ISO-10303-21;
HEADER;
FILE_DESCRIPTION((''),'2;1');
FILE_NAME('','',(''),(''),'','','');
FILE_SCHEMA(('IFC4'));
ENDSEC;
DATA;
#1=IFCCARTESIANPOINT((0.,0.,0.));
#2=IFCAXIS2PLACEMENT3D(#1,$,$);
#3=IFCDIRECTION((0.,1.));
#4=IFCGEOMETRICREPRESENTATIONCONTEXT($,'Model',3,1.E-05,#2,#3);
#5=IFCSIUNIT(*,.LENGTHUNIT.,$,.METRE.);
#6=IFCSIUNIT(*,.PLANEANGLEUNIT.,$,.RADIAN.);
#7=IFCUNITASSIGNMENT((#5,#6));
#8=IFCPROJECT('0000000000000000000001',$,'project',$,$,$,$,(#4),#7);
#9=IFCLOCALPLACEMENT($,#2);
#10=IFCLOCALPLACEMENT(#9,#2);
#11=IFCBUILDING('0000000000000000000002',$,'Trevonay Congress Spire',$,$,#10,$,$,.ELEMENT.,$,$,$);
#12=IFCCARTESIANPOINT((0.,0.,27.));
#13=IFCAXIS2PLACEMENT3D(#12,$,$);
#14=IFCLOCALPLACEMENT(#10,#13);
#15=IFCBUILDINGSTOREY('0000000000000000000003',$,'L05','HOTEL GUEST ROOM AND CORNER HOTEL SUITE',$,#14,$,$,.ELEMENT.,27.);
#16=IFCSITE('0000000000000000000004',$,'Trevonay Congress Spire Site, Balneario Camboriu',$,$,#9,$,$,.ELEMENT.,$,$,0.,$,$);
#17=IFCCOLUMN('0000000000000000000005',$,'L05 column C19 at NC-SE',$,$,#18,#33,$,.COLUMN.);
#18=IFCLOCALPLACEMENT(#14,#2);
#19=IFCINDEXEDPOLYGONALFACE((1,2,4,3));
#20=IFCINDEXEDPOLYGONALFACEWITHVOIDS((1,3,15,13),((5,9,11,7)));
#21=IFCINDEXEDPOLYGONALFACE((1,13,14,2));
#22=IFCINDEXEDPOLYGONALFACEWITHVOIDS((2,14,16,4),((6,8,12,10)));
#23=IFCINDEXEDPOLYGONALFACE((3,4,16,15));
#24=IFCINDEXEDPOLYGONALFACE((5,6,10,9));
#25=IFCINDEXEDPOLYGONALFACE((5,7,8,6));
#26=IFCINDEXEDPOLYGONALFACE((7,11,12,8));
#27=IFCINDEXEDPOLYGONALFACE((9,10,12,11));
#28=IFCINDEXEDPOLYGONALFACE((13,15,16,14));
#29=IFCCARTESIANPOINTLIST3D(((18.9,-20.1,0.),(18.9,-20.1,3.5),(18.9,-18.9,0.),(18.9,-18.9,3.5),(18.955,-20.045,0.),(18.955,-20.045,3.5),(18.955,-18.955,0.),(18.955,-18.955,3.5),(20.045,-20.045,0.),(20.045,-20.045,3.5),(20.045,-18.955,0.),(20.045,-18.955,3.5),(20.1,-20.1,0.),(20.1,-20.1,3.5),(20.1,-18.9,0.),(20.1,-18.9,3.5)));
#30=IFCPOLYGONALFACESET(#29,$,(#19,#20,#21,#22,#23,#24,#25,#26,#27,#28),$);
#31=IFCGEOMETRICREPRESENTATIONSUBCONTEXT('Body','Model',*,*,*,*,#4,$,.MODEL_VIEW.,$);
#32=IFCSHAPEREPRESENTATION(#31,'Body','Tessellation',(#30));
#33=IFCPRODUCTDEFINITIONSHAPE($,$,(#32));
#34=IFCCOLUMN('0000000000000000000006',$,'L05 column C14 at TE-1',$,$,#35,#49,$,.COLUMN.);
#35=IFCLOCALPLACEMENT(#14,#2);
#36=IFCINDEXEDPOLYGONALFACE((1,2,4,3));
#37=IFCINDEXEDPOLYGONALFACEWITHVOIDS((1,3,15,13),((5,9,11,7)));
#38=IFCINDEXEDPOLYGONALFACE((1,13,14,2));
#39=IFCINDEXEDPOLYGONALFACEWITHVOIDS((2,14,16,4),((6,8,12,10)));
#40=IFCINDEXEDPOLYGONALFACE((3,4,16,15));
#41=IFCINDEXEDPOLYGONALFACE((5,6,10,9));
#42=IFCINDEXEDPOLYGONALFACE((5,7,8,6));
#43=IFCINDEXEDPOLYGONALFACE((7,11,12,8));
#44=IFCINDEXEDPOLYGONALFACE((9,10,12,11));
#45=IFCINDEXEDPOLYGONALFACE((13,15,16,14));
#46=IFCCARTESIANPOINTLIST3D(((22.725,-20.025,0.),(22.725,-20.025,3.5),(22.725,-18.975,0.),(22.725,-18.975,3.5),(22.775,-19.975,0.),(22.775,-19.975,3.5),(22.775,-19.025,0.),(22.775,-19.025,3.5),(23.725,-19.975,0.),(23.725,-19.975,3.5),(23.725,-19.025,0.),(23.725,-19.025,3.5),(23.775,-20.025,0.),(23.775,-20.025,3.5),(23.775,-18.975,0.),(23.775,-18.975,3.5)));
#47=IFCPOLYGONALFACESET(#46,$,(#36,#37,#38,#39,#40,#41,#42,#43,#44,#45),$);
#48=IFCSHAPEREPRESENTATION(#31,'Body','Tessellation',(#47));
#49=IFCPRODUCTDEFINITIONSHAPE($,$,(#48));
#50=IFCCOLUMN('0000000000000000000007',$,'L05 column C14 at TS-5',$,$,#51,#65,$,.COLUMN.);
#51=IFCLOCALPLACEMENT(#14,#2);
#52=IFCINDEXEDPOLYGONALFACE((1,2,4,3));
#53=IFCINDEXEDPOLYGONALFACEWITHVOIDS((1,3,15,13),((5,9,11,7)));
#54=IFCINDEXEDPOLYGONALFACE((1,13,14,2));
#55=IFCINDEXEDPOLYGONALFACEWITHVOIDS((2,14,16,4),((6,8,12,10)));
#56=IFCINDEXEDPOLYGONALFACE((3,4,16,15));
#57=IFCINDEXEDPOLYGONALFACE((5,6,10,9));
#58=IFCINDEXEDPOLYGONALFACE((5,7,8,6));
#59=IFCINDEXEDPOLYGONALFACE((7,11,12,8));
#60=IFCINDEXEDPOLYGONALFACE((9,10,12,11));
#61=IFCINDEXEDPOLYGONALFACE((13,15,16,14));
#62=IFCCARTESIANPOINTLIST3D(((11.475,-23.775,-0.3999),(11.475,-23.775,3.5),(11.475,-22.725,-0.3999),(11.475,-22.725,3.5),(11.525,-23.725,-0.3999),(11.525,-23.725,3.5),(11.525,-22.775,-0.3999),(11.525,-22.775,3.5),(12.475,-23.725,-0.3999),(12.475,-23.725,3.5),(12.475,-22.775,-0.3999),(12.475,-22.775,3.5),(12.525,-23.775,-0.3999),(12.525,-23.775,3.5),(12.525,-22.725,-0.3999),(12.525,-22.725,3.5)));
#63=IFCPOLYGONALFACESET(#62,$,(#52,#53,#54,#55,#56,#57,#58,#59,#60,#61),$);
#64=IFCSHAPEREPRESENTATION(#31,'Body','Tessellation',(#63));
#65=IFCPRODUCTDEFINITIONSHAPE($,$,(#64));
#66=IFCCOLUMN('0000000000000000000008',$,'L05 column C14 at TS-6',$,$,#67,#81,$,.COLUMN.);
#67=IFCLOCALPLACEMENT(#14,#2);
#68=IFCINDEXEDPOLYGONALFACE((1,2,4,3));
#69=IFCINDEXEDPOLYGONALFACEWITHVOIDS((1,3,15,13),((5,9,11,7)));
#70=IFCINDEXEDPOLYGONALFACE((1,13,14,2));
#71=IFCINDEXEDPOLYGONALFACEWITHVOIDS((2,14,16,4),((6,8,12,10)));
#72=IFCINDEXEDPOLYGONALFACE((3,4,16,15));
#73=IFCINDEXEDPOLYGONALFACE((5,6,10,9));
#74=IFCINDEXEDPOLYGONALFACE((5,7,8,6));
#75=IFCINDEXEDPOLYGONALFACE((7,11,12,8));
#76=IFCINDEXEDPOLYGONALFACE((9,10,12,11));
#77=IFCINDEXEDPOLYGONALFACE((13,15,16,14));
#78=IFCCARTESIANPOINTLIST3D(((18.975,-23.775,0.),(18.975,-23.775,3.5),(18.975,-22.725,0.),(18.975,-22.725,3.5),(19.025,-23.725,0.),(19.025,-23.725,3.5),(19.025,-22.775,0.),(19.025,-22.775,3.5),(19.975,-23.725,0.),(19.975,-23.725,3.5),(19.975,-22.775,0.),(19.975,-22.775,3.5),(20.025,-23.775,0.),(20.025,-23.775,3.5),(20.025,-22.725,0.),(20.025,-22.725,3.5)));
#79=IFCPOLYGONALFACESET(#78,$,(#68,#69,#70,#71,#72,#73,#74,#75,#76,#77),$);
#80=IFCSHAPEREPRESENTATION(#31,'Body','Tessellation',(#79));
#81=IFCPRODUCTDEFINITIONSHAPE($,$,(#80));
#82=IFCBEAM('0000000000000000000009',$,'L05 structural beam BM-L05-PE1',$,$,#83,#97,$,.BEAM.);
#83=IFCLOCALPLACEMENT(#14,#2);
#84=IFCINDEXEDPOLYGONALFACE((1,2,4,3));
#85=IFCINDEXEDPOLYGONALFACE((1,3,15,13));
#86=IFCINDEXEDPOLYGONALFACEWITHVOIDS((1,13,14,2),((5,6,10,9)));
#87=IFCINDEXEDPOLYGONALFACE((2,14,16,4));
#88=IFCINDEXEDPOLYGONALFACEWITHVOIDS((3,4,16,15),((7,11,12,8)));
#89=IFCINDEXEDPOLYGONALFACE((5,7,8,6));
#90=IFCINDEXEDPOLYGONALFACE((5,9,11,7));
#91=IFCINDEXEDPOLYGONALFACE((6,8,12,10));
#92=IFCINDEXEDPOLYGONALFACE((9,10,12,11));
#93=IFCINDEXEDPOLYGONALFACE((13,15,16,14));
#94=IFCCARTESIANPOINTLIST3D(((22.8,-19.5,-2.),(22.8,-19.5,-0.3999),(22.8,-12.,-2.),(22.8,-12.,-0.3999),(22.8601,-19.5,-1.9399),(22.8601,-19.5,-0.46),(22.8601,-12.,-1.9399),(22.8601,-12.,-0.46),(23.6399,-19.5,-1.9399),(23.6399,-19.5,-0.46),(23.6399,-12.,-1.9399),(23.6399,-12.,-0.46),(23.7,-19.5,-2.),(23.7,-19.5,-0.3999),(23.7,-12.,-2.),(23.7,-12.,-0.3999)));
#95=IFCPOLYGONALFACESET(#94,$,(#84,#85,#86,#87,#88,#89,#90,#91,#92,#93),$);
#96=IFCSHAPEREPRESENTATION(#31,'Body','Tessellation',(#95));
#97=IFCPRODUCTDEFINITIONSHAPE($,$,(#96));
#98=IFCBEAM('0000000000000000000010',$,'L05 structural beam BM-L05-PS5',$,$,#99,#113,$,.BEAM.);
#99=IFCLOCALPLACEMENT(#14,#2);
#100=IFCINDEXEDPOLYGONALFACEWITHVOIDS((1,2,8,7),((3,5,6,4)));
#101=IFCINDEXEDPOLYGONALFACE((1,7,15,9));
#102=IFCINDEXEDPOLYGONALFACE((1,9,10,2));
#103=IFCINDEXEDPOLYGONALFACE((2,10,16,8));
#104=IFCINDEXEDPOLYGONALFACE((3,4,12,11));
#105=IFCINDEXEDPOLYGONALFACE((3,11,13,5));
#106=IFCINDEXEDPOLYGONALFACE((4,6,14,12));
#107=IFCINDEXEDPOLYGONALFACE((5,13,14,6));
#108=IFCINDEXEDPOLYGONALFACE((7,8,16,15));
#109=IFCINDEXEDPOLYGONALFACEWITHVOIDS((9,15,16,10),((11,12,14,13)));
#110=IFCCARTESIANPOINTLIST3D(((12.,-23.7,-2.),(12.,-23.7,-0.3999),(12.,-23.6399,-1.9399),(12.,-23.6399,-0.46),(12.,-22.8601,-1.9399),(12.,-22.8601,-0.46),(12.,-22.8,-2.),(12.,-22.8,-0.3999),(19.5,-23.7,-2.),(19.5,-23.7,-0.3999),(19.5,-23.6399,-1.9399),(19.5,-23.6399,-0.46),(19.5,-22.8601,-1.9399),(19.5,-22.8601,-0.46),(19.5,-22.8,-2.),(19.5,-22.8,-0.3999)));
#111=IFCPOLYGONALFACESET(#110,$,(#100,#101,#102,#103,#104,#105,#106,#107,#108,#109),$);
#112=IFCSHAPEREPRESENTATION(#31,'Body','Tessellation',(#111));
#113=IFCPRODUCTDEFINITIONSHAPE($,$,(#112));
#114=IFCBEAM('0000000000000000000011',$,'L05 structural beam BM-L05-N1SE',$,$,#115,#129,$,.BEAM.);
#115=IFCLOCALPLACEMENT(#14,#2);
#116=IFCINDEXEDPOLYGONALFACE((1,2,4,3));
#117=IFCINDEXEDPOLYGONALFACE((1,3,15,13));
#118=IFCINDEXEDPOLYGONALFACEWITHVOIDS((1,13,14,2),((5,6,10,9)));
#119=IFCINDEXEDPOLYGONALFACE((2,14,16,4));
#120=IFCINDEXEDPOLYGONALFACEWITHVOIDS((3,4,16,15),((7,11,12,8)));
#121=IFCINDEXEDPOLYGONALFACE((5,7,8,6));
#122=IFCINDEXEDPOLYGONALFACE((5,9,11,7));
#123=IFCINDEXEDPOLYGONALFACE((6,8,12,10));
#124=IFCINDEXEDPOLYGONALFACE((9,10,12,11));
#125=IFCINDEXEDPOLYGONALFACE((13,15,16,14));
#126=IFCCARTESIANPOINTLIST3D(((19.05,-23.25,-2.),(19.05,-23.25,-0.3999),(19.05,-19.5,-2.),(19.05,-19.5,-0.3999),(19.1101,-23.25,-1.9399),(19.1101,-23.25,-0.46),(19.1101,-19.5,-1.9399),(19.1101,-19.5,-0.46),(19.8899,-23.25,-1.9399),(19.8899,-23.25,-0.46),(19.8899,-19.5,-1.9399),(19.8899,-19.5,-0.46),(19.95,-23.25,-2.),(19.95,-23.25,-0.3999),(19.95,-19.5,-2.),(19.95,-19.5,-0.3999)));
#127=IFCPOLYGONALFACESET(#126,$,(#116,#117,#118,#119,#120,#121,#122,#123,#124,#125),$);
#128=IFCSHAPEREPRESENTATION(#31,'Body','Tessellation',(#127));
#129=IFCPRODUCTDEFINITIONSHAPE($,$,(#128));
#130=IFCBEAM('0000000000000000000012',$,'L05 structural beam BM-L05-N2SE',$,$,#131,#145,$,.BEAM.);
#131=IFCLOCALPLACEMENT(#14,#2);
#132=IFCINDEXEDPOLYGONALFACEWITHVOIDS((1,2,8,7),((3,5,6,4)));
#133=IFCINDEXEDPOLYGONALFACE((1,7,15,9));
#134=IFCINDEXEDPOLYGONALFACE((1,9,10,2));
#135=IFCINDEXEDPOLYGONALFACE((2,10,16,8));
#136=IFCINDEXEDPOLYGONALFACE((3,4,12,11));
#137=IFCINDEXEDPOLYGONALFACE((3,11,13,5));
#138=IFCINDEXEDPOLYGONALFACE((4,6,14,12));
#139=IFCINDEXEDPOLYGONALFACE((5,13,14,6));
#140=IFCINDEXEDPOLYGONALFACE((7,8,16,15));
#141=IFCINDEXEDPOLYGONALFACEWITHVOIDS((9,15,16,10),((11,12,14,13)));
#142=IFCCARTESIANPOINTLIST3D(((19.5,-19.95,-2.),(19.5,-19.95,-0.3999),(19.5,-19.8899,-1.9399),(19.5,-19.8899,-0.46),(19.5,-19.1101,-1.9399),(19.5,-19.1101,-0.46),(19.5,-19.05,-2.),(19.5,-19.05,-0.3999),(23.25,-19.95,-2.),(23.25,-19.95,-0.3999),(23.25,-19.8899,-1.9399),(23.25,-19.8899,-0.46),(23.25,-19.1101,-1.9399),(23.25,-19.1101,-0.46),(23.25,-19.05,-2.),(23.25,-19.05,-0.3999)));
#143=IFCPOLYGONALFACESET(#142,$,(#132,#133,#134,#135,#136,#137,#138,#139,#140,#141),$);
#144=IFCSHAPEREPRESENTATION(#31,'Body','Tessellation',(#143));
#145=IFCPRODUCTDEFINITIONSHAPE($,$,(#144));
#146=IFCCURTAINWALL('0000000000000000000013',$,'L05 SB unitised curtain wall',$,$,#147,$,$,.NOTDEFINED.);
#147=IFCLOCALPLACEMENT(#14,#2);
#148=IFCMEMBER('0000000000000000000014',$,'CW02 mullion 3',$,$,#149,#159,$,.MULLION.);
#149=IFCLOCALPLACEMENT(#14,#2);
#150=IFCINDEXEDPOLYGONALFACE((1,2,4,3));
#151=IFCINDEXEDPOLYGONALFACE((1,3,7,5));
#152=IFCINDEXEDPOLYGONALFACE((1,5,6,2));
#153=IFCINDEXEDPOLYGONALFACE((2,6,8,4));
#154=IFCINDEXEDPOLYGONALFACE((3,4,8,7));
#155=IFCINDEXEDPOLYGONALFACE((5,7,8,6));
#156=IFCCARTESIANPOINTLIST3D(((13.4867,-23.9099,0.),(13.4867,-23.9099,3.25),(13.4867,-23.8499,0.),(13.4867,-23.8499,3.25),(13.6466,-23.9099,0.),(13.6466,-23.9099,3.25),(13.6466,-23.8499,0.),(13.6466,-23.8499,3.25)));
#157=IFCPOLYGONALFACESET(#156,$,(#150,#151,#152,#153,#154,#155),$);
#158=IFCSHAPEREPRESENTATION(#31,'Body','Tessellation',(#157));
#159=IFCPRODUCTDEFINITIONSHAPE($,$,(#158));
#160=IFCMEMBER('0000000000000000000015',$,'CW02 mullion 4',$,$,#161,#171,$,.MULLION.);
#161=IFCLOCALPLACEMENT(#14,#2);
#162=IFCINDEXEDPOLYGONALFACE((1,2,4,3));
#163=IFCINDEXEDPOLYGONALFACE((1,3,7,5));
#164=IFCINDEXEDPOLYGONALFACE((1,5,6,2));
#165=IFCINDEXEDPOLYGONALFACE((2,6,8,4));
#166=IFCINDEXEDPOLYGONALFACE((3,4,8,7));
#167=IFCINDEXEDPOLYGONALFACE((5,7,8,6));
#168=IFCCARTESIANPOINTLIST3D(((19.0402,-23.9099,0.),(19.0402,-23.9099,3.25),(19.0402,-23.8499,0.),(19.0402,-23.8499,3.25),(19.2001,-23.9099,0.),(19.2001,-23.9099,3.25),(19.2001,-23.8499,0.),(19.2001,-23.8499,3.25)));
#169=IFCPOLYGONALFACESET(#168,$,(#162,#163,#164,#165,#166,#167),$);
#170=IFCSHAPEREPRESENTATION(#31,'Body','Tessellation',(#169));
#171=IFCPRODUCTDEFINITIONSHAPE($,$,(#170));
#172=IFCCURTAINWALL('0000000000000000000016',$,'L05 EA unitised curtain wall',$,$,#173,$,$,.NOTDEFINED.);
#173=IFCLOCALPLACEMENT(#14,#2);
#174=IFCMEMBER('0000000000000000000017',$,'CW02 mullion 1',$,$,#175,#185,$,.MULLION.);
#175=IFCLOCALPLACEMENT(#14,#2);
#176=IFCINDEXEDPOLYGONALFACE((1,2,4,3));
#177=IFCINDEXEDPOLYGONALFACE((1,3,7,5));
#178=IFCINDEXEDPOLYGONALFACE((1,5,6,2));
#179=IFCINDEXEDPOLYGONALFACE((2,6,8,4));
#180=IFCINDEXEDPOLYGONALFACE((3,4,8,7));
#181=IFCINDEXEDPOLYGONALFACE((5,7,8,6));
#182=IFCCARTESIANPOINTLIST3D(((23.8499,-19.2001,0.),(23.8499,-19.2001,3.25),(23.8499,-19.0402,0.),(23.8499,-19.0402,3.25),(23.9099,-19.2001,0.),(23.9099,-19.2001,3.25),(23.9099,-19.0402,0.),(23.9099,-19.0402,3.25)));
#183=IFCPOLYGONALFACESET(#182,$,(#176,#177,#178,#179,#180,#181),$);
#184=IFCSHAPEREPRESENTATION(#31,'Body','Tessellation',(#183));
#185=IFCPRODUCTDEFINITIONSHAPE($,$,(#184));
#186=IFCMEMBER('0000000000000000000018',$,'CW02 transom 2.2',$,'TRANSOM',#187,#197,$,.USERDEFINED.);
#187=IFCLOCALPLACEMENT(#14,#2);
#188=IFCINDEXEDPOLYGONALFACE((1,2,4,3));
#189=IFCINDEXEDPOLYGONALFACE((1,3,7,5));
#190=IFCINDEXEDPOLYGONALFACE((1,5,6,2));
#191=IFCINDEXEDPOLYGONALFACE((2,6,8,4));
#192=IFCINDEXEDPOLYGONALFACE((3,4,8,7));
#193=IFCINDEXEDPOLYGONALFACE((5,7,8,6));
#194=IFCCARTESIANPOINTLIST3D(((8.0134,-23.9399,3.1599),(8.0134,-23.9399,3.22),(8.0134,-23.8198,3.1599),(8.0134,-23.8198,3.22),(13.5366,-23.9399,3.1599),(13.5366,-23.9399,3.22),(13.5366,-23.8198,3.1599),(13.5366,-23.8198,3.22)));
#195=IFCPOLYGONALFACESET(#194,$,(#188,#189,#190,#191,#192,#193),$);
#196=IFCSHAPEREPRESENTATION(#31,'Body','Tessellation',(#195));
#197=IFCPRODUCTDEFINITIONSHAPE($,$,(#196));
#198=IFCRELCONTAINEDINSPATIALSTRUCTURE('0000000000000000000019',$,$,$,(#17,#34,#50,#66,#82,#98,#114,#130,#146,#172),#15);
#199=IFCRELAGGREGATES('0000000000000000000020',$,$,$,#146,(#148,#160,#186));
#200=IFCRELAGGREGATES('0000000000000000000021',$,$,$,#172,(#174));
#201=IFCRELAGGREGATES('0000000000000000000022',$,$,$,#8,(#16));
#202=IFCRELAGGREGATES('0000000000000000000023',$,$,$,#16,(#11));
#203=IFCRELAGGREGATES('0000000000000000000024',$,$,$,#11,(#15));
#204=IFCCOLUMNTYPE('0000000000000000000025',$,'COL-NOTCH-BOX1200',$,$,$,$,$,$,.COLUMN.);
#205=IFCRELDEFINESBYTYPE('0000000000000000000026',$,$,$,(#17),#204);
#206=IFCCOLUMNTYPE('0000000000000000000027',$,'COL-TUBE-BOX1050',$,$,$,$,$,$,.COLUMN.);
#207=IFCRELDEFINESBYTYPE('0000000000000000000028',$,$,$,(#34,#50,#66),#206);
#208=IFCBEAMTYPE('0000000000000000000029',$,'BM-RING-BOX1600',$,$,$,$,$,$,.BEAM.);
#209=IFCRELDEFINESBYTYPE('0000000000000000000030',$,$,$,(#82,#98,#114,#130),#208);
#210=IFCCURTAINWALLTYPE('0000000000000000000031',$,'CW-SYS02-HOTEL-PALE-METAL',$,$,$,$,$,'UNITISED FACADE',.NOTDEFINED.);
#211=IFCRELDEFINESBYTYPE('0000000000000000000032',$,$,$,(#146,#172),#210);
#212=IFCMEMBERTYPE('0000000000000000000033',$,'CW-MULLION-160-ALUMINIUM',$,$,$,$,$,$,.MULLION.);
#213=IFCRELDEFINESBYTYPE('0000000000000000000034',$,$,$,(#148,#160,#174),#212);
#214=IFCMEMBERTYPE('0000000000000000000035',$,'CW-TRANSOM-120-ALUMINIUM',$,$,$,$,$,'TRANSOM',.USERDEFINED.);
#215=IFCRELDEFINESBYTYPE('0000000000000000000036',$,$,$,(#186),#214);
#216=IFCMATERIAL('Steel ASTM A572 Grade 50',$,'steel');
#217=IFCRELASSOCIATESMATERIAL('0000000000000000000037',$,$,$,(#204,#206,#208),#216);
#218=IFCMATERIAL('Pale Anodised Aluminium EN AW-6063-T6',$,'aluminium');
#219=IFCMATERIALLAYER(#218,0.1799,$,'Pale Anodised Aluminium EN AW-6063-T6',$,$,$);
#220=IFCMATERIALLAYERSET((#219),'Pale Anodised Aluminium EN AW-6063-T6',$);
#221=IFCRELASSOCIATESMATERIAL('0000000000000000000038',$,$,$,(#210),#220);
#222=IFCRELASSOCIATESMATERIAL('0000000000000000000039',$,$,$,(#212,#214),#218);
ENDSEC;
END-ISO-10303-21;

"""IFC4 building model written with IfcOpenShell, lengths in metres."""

from ifc_helpers import new_model, si_unit, direction, frame, origin, origin_2d, place, context, subcontext, project, spatial, rectangle, hollow_rectangle, extrude, material, layer, layer_set, material_profile, profile_set, type_object, element, aggregate, save


model = new_model("IFC4")

# Units and contexts
model_context = context("Model", 3, precision=1e-05, world=origin(), true_north=direction((0.0, 1.0)))
body_context = subcontext(model_context, "Body", "Model", "MODEL_VIEW")
ifc_project = project(units=[si_unit("LENGTHUNIT", "METRE"), si_unit("PLANEANGLEUNIT", "RADIAN")], contexts=[model_context])

# Site, building, storey
site_placement = place(None, origin())
site = spatial("IfcSite", under=ifc_project, at=site_placement, Name="Trevonay Congress Spire Site, Balneario Camboriu", CompositionType="ELEMENT", RefElevation=0.0)
building_placement = place(site_placement, origin())
building = spatial("IfcBuilding", under=site, at=building_placement, Name="Trevonay Congress Spire", CompositionType="ELEMENT")
storey_placement = place(building_placement, frame((0.0, 0.0, 27.0)))
storey = spatial("IfcBuildingStorey", under=building, at=storey_placement, Name="L05", Description="HOTEL GUEST ROOM AND CORNER HOTEL SUITE", CompositionType="ELEMENT", Elevation=27.0)

# Columns
ifc_material_1 = material(Name="Steel ASTM A572 Grade 50", Category="steel")
ifc_material_profile_1 = material_profile(ifc_material_1, hollow_rectangle(XDim=1.2, YDim=1.2, WallThickness=0.0549, at=origin_2d()), Name="BOX 1200x1200x55")
ifc_profile_set_1 = profile_set([ifc_material_profile_1], Name="Steel ASTM A572 Grade 50")
column_type_1 = type_object("IfcColumnType", Name="COL-NOTCH-BOX1200", PredefinedType="COLUMN", material=ifc_profile_set_1)
column_1_placement = place(storey_placement, frame((19.5, -19.5, 0.0), z_axis=(0.0, 0.0, 1.0), x_axis=(1.0, 0.0, 0.0)))
element("IfcColumn", 1, at=column_1_placement, inside=storey, type_object=column_type_1, Name="L05 column C19 at NC-SE", PredefinedType="COLUMN", context=body_context, shape_type="SweptSolid", body=[
    extrude(hollow_rectangle(XDim=1.2, YDim=1.2, WallThickness=0.0549, at=origin_2d()), origin(), (0.0, 0.0, 1.0), 3.5),
])
ifc_material_profile_2 = material_profile(ifc_material_1, hollow_rectangle(XDim=1.05, YDim=1.05, WallThickness=0.05, at=origin_2d()), Name="BOX 1050x1050x50")
ifc_profile_set_2 = profile_set([ifc_material_profile_2], Name="Steel ASTM A572 Grade 50")
column_type_2 = type_object("IfcColumnType", Name="COL-TUBE-BOX1050", PredefinedType="COLUMN", material=ifc_profile_set_2)
column_2_placement = place(storey_placement, frame((23.25, -19.5, 0.0), z_axis=(0.0, 0.0, 1.0), x_axis=(1.0, 0.0, 0.0)))
element("IfcColumn", 2, at=column_2_placement, inside=storey, type_object=column_type_2, Name="L05 column C14 at TE-1", PredefinedType="COLUMN", context=body_context, shape_type="SweptSolid", body=[
    extrude(hollow_rectangle(XDim=1.05, YDim=1.05, WallThickness=0.05, at=origin_2d()), origin(), (0.0, 0.0, 1.0), 3.5),
])
column_3_placement = place(storey_placement, frame((12.0, -23.25, -0.3999), z_axis=(0.0, 0.0, 1.0), x_axis=(1.0, 0.0, 0.0)))
element("IfcColumn", 3, at=column_3_placement, inside=storey, type_object=column_type_2, Name="L05 column C14 at TS-5", PredefinedType="COLUMN", context=body_context, shape_type="SweptSolid", body=[
    extrude(hollow_rectangle(XDim=1.05, YDim=1.05, WallThickness=0.05, at=origin_2d()), origin(), (0.0, 0.0, 1.0), 3.8999),
])
column_4_placement = place(storey_placement, frame((19.5, -23.25, 0.0), z_axis=(0.0, 0.0, 1.0), x_axis=(1.0, 0.0, 0.0)))
element("IfcColumn", 4, at=column_4_placement, inside=storey, type_object=column_type_2, Name="L05 column C14 at TS-6", PredefinedType="COLUMN", context=body_context, shape_type="SweptSolid", body=[
    extrude(hollow_rectangle(XDim=1.05, YDim=1.05, WallThickness=0.05, at=origin_2d()), origin(), (0.0, 0.0, 1.0), 3.5),
])

# Beams
ifc_material_profile_3 = material_profile(ifc_material_1, hollow_rectangle(XDim=0.8999, YDim=1.6001, WallThickness=0.0601, at=origin_2d()), Name="BOX 1600x900x60")
ifc_profile_set_3 = profile_set([ifc_material_profile_3], Name="Steel ASTM A572 Grade 50")
beam_type = type_object("IfcBeamType", Name="BM-RING-BOX1600", PredefinedType="BEAM", material=ifc_profile_set_3)
for number, where, z_axis, x_axis, name in (
    (5, (23.25, -19.5, -1.2), (0.0, 1.0, 0.0), (-1.0, 0.0, 0.0), "L05 structural beam BM-L05-PE1"),
    (6, (12.0, -23.25, -1.2), (1.0, 0.0, 0.0), (0.0, 1.0, 0.0), "L05 structural beam BM-L05-PS5"),
):
    element("IfcBeam", number, at=place(storey_placement, frame(where, z_axis=z_axis, x_axis=x_axis)), inside=storey, type_object=beam_type, Name=name, PredefinedType="BEAM", context=body_context, shape_type="SweptSolid", body=[
        extrude(hollow_rectangle(XDim=0.8999, YDim=1.6001, WallThickness=0.0601, at=origin_2d()), origin(), (0.0, 0.0, 1.0), 7.5),
    ])
for number, where, z_axis, x_axis, name in (
    (7, (19.5, -23.25, -1.2), (0.0, 1.0, 0.0), (-1.0, 0.0, 0.0), "L05 structural beam BM-L05-N1SE"),
    (8, (23.25, -19.5, -1.2), (-1.0, 0.0, 0.0), (0.0, -1.0, 0.0), "L05 structural beam BM-L05-N2SE"),
):
    element("IfcBeam", number, at=place(storey_placement, frame(where, z_axis=z_axis, x_axis=x_axis)), inside=storey, type_object=beam_type, Name=name, PredefinedType="BEAM", context=body_context, shape_type="SweptSolid", body=[
        extrude(hollow_rectangle(XDim=0.8999, YDim=1.6001, WallThickness=0.0601, at=origin_2d()), origin(), (0.0, 0.0, 1.0), 3.75),
    ])

# Curtain wall, members
ifc_material_2 = material(Name="Pale Anodised Aluminium EN AW-6063-T6", Category="aluminium")
ifc_layer_1 = layer(ifc_material_2, 0.1799, Name="Pale Anodised Aluminium EN AW-6063-T6")
ifc_layer_set_1 = layer_set([ifc_layer_1], Name="Pale Anodised Aluminium EN AW-6063-T6")
curtain_wall_type = type_object("IfcCurtainWallType", Name="CW-SYS02-HOTEL-PALE-METAL", ElementType="UNITISED FACADE", PredefinedType="NOTDEFINED", material=ifc_layer_set_1)
curtain_wall_1_placement = place(storey_placement, origin())
curtain_wall_1 = element("IfcCurtainWall", 9, at=curtain_wall_1_placement, inside=storey, type_object=curtain_wall_type, Name="L05 SB unitised curtain wall", PredefinedType="NOTDEFINED")
ifc_material_profile_4 = material_profile(ifc_material_2, rectangle(XDim=0.0601, YDim=0.1599, at=origin_2d()), Name="CW-MULLION-160-ALUMINIUM")
ifc_profile_set_4 = profile_set([ifc_material_profile_4], Name="Pale Anodised Aluminium EN AW-6063-T6")
member_type_1 = type_object("IfcMemberType", Name="CW-MULLION-160-ALUMINIUM", PredefinedType="MULLION", material=ifc_profile_set_4)
member_1_placement = place(storey_placement, frame((13.5667, -23.8799, 0.0), z_axis=(0.0, 0.0, 1.0), x_axis=(0.0, 1.0, 0.0)))
member_1 = element("IfcMember", 10, at=member_1_placement, type_object=member_type_1, Name="CW02 mullion 3", PredefinedType="MULLION", context=body_context, shape_type="SweptSolid", body=[
    extrude(rectangle(XDim=0.0601, YDim=0.1599, at=origin_2d()), origin(), (0.0, 0.0, 1.0), 3.25),
])
member_2_placement = place(storey_placement, frame((19.1201, -23.8799, 0.0), z_axis=(0.0, 0.0, 1.0), x_axis=(0.0, 1.0, 0.0)))
member_2 = element("IfcMember", 11, at=member_2_placement, type_object=member_type_1, Name="CW02 mullion 4", PredefinedType="MULLION", context=body_context, shape_type="SweptSolid", body=[
    extrude(rectangle(XDim=0.0601, YDim=0.1599, at=origin_2d()), origin(), (0.0, 0.0, 1.0), 3.25),
])

# Curtain wall, member
curtain_wall_2_placement = place(storey_placement, origin())
curtain_wall_2 = element("IfcCurtainWall", 12, at=curtain_wall_2_placement, inside=storey, type_object=curtain_wall_type, Name="L05 EA unitised curtain wall", PredefinedType="NOTDEFINED")
member_3_placement = place(storey_placement, frame((23.8799, -19.1201, 0.0), z_axis=(0.0, 0.0, 1.0), x_axis=(-1.0, 0.0, 0.0)))
member_3 = element("IfcMember", 13, at=member_3_placement, type_object=member_type_1, Name="CW02 mullion 1", PredefinedType="MULLION", context=body_context, shape_type="SweptSolid", body=[
    extrude(rectangle(XDim=0.0601, YDim=0.1599, at=origin_2d()), origin(), (0.0, 0.0, 1.0), 3.25),
])

# Member
ifc_material_profile_5 = material_profile(ifc_material_2, rectangle(XDim=0.1201, YDim=0.0601, at=origin_2d()), Name="CW-TRANSOM-120-ALUMINIUM")
ifc_profile_set_5 = profile_set([ifc_material_profile_5], Name="Pale Anodised Aluminium EN AW-6063-T6")
member_type_2 = type_object("IfcMemberType", Name="CW-TRANSOM-120-ALUMINIUM", ElementType="TRANSOM", PredefinedType="USERDEFINED", material=ifc_profile_set_5)
member_4_placement = place(storey_placement, frame((8.0134, -23.8799, 3.1899), z_axis=(1.0, 0.0, 0.0), x_axis=(0.0, 1.0, 0.0)))
member_4 = element("IfcMember", 14, at=member_4_placement, type_object=member_type_2, Name="CW02 transom 2.2", ObjectType="TRANSOM", PredefinedType="USERDEFINED", context=body_context, shape_type="SweptSolid", body=[
    extrude(rectangle(XDim=0.1201, YDim=0.0601, at=origin_2d()), origin(), (0.0, 0.0, 1.0), 5.5232),
])

aggregate(curtain_wall_1, [member_1, member_2, member_4])
aggregate(curtain_wall_2, [member_3])

save(model, "model.ifc")
